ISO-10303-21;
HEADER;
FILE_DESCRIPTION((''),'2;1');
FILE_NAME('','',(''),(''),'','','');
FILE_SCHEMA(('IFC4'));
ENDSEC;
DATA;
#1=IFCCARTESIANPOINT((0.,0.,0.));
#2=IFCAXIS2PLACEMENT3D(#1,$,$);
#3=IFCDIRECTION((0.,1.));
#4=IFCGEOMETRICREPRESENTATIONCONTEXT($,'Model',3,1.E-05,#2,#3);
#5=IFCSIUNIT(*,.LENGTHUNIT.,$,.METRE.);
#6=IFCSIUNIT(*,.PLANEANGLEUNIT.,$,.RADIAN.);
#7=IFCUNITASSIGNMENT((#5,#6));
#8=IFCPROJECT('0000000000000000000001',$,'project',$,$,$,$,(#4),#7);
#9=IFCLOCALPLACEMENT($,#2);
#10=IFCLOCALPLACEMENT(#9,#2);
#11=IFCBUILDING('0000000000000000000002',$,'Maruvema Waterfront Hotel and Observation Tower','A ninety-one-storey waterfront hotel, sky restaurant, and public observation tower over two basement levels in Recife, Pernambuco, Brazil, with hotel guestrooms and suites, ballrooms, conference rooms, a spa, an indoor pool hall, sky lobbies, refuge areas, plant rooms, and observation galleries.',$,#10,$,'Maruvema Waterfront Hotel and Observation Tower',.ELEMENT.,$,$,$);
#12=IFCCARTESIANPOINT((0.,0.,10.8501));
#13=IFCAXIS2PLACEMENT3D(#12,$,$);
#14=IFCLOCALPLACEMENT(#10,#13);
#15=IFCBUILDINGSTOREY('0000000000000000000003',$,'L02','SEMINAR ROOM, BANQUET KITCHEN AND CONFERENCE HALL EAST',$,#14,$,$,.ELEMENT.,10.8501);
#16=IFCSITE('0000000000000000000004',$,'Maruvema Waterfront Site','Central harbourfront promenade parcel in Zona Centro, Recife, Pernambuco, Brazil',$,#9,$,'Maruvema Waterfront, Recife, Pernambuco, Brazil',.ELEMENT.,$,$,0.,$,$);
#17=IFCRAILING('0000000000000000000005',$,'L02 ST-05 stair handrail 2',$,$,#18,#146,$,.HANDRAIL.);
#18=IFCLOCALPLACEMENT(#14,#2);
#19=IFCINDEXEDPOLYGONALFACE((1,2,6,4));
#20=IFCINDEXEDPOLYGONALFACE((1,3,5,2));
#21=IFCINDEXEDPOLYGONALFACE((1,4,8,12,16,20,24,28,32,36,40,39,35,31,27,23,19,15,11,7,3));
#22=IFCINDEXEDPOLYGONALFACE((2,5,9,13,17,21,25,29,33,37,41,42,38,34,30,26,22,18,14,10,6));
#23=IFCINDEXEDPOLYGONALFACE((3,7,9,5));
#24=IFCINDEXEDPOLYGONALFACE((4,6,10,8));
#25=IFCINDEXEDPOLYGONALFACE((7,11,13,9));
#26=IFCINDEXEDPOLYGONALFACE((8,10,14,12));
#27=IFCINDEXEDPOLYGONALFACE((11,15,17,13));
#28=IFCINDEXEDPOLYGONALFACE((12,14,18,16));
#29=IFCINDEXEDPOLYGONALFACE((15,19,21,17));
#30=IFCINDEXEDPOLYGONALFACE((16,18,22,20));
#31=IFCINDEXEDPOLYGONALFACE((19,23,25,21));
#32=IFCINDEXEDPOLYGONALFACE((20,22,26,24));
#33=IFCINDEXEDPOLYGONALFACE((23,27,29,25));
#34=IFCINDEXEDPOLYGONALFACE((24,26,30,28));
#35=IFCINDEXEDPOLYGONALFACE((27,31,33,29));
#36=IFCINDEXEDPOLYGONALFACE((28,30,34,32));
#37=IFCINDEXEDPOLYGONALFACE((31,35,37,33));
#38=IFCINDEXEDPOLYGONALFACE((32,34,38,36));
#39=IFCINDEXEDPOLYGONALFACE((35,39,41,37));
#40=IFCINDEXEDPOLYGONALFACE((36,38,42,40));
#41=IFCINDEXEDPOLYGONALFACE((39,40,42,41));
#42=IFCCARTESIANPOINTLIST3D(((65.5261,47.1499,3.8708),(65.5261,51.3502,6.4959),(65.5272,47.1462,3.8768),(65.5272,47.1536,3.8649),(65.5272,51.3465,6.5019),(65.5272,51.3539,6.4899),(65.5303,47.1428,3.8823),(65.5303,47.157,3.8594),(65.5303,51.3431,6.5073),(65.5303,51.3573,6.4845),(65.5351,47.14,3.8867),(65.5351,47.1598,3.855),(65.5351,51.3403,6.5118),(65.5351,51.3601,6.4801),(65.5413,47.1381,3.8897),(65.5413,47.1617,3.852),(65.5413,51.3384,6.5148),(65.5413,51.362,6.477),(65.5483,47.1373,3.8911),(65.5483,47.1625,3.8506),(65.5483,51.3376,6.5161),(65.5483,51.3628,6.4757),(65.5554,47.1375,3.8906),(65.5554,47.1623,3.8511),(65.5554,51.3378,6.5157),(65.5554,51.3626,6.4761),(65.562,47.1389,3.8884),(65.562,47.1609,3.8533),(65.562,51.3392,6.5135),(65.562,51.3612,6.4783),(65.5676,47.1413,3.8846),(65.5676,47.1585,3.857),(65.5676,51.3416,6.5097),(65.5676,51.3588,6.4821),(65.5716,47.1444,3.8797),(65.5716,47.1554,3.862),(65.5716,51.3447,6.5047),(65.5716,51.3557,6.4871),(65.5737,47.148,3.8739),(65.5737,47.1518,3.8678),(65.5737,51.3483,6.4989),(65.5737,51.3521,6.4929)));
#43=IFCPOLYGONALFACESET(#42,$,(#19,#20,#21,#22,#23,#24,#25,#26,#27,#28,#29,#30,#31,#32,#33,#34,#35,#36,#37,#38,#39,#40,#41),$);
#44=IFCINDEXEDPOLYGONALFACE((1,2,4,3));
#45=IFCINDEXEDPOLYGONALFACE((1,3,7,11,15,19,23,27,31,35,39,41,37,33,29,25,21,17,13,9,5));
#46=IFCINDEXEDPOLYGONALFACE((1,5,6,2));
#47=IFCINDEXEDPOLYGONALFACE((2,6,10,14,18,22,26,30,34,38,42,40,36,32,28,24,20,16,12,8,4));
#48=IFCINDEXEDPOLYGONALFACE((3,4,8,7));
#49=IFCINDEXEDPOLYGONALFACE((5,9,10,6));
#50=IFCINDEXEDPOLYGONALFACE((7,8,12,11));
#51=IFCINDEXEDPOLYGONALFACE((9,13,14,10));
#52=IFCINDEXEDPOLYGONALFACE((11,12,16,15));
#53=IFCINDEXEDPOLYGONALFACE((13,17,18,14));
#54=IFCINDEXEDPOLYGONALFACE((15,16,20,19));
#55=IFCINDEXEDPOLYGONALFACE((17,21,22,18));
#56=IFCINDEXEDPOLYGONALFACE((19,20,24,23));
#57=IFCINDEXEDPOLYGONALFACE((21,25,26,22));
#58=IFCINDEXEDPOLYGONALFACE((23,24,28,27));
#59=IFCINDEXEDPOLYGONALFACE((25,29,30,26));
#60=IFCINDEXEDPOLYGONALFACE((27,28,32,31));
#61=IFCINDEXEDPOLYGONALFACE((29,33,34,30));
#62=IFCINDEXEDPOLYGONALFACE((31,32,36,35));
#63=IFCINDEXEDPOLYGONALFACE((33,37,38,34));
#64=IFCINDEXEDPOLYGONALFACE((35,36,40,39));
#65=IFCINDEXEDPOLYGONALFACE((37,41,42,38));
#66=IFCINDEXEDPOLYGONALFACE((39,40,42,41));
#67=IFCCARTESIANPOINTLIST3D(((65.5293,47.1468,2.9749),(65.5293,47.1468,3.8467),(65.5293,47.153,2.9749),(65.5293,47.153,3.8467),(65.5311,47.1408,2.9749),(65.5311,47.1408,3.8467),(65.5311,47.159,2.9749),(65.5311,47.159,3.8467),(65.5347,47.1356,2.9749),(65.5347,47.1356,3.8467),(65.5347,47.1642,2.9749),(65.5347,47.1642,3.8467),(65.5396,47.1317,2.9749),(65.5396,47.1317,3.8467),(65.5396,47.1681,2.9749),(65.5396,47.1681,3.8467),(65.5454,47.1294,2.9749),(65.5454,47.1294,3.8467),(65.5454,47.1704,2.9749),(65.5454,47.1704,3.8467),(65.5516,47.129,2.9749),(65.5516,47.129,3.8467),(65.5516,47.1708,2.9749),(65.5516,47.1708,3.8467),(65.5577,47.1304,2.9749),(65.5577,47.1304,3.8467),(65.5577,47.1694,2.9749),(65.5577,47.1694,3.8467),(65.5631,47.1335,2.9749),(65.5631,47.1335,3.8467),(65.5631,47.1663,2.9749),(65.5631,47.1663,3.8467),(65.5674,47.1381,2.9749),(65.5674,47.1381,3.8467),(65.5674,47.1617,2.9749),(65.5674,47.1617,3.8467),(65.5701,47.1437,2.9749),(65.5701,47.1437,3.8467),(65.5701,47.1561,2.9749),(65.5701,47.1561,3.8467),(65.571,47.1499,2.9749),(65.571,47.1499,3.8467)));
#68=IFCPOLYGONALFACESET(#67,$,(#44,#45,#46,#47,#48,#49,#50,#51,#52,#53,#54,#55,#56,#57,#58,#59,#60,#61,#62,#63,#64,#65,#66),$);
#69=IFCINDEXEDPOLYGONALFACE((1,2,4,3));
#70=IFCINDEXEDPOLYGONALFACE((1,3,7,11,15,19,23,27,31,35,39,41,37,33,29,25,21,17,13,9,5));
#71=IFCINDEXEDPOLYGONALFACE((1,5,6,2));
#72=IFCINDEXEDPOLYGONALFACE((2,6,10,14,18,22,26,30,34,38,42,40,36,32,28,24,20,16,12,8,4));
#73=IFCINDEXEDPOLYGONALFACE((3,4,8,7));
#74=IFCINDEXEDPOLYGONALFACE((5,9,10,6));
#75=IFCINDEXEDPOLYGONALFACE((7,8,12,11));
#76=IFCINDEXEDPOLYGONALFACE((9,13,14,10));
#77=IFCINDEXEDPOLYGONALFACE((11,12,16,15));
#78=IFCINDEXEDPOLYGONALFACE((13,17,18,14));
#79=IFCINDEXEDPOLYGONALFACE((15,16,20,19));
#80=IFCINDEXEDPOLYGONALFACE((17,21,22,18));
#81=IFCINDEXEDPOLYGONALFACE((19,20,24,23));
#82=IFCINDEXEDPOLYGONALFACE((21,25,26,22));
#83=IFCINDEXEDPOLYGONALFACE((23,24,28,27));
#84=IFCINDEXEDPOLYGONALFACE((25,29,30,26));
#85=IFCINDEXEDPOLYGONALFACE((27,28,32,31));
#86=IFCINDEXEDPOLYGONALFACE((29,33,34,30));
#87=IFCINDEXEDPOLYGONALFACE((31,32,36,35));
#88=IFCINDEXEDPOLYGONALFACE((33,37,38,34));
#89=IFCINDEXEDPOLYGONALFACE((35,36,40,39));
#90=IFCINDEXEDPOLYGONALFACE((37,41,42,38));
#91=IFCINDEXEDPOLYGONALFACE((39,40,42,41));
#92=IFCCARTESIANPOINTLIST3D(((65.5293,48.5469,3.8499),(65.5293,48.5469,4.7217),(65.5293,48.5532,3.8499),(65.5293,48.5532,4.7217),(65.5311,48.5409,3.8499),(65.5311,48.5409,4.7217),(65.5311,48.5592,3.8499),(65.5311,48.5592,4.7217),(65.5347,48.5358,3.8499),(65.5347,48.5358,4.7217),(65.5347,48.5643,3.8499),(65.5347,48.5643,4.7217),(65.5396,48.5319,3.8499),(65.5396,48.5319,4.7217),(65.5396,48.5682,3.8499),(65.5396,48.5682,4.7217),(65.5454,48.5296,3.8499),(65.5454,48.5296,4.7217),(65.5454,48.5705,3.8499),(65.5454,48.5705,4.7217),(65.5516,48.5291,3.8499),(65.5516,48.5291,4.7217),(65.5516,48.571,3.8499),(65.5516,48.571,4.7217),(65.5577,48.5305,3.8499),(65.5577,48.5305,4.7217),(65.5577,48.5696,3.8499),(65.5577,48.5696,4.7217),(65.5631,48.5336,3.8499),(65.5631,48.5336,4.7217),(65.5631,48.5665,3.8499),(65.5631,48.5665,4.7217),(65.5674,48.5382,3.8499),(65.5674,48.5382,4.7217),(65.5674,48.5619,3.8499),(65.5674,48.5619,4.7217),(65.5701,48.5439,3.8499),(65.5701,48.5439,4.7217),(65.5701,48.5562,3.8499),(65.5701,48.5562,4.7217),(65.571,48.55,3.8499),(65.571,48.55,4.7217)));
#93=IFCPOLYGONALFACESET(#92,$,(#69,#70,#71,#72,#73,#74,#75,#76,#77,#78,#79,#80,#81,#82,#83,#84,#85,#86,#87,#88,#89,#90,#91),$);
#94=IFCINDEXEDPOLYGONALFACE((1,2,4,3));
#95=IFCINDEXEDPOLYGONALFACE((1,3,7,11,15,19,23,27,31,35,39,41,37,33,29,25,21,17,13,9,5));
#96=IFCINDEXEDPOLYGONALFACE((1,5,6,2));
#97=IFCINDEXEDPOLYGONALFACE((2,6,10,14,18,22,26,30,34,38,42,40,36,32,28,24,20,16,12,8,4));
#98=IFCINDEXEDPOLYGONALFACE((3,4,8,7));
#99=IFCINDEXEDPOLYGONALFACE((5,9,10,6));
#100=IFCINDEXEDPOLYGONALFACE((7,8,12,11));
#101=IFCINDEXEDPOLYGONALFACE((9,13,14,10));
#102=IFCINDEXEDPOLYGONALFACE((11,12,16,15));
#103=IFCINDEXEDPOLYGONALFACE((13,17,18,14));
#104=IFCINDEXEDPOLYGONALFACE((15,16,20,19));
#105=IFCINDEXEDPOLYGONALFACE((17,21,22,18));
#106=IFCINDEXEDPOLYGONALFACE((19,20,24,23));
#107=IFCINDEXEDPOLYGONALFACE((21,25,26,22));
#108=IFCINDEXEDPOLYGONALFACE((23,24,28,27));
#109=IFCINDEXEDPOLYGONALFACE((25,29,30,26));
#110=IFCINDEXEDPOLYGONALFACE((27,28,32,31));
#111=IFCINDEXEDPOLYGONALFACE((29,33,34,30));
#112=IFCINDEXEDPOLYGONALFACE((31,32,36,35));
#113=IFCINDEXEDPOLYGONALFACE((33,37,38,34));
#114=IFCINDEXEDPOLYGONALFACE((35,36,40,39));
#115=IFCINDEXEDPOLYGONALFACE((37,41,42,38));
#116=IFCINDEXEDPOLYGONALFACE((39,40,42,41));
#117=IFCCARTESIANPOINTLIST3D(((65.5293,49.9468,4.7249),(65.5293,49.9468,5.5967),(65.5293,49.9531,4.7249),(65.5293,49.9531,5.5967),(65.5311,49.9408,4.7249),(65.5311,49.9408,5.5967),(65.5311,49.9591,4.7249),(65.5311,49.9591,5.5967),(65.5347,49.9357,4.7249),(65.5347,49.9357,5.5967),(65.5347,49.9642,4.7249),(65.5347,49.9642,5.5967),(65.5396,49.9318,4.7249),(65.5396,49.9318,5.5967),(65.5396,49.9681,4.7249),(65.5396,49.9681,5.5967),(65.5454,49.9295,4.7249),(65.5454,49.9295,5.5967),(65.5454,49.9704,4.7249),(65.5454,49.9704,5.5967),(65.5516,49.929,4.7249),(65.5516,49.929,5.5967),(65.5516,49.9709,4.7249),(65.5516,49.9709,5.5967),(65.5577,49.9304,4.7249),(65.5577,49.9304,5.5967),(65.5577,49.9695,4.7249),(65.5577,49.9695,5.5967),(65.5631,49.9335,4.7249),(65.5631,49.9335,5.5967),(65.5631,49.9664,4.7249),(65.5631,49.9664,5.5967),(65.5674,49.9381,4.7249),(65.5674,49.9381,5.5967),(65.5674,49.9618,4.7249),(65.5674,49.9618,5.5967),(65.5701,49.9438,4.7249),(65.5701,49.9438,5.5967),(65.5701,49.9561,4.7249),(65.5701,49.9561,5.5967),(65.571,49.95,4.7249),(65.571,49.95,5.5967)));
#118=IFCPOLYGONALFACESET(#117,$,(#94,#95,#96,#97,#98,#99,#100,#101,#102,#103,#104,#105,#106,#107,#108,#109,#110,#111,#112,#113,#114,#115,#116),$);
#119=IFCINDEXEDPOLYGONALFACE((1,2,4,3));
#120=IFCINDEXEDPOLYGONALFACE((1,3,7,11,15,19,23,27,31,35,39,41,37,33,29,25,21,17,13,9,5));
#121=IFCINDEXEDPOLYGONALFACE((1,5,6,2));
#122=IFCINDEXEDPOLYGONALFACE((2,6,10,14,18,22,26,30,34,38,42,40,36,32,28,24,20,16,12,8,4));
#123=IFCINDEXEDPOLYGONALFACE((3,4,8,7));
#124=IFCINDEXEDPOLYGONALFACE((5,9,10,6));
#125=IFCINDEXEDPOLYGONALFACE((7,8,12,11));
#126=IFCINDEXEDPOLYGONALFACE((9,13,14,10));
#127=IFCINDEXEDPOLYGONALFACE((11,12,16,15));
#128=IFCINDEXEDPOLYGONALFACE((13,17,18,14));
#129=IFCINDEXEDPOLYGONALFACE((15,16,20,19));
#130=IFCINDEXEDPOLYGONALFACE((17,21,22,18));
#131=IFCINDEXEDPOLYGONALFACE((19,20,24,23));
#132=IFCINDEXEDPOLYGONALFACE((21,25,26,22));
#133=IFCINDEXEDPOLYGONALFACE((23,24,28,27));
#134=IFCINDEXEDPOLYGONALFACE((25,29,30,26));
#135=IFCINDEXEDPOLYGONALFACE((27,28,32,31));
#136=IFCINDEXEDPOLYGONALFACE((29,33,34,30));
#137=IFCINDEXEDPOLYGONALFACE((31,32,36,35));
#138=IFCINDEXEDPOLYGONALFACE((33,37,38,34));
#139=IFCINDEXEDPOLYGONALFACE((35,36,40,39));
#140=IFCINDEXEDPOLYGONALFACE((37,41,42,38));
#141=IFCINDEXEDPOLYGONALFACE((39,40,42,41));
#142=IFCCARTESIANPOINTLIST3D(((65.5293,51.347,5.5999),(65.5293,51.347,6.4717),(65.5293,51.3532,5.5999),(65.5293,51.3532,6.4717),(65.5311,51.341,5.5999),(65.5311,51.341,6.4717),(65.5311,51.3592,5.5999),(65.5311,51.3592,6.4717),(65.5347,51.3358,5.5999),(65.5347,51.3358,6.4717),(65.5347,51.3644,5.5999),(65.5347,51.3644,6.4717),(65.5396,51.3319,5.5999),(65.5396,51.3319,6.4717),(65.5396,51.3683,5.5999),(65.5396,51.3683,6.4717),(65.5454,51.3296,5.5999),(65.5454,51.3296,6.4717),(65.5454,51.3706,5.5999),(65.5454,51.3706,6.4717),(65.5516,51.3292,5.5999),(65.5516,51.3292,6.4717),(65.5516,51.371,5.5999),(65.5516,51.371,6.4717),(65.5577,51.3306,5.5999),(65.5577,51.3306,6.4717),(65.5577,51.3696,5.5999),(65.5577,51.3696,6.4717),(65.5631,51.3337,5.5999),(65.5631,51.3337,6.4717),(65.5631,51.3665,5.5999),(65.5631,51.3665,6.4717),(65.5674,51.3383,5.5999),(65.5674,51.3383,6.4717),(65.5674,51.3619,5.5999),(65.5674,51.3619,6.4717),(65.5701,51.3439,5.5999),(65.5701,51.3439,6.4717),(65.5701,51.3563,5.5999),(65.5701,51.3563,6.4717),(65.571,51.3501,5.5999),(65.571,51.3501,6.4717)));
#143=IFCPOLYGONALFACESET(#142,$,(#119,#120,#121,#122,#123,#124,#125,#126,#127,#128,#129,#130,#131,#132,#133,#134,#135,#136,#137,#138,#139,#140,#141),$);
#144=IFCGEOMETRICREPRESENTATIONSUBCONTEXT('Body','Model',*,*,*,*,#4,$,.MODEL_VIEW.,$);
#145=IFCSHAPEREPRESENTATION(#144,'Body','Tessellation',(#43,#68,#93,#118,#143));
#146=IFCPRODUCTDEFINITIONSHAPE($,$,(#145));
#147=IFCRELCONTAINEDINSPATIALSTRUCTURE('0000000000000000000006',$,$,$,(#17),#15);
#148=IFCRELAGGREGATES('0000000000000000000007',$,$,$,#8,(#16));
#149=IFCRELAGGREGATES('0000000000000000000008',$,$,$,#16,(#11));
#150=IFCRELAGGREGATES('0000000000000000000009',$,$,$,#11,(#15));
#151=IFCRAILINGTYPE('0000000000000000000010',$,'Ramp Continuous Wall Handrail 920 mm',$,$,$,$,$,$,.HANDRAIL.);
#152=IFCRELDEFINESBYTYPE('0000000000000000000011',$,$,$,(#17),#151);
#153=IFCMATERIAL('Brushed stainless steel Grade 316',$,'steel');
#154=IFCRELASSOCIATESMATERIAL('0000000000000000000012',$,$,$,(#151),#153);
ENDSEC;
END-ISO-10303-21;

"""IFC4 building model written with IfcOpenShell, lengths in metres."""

from ifc_helpers import new_model, si_unit, direction, frame, origin, origin_2d, place, context, subcontext, project, spatial, circle, extrude, material, type_object, element, save


model = new_model("IFC4")

# Units and contexts
model_context = context("Model", 3, precision=1e-05, world=origin(), true_north=direction((0.0, 1.0)))
body_context = subcontext(model_context, "Body", "Model", "MODEL_VIEW")
ifc_project = project(units=[si_unit("LENGTHUNIT", "METRE"), si_unit("PLANEANGLEUNIT", "RADIAN")], contexts=[model_context])

# Site, building, storey
site_placement = place(None, origin())
site = spatial("IfcSite", under=ifc_project, at=site_placement, Name="Maruvema Waterfront Site", Description="Central harbourfront promenade parcel in Zona Centro, Recife, Pernambuco, Brazil", LongName="Maruvema Waterfront, Recife, Pernambuco, Brazil", CompositionType="ELEMENT", RefElevation=0.0)
building_placement = place(site_placement, origin())
building = spatial("IfcBuilding", under=site, at=building_placement, Name="Maruvema Waterfront Hotel and Observation Tower", Description="A ninety-one-storey waterfront hotel, sky restaurant, and public observation tower over two basement levels in Recife, Pernambuco, Brazil, with hotel guestrooms and suites, ballrooms, conference rooms, a spa, an indoor pool hall, sky lobbies, refuge areas, plant rooms, and observation galleries.", LongName="Maruvema Waterfront Hotel and Observation Tower", CompositionType="ELEMENT")
storey_placement = place(building_placement, frame((0.0, 0.0, 10.8501)))
storey = spatial("IfcBuildingStorey", under=building, at=storey_placement, Name="L02", Description="SEMINAR ROOM, BANQUET KITCHEN AND CONFERENCE HALL EAST", CompositionType="ELEMENT", Elevation=10.8501)

# Railing
ifc_material_1 = material(Name="Brushed stainless steel Grade 316", Category="steel")
railing_type_1 = type_object("IfcRailingType", Name="Ramp Continuous Wall Handrail 920 mm", PredefinedType="HANDRAIL", material=ifc_material_1)
railing_1_placement = place(storey_placement, frame((65.55, 47.1499, 2.9749)))
element("IfcRailing", 1, at=railing_1_placement, inside=storey, type_object=railing_type_1, Name="L02 ST-05 stair handrail 2", PredefinedType="HANDRAIL", context=body_context, shape_type="SweptSolid", body=[
    extrude(circle(Radius=0.0239, at=origin_2d()), frame((0.0, 0.0, 0.896), z_axis=(0.0, 0.848009, 0.529981), x_axis=(-1.0, 0.0, 0.0)), (0.0, 0.0, 1.0), 4.9531),
    extrude(circle(Radius=0.021, at=origin_2d()), origin(), (0.0, 0.0, 1.0), 0.8718),
    extrude(circle(Radius=0.021, at=origin_2d()), frame((0.0, 1.4001, 0.875)), (0.0, 0.0, 1.0), 0.8718),
    extrude(circle(Radius=0.021, at=origin_2d()), frame((0.0, 2.8, 1.75)), (0.0, 0.0, 1.0), 0.8718),
    extrude(circle(Radius=0.021, at=origin_2d()), frame((0.0, 4.2002, 2.625)), (0.0, 0.0, 1.0), 0.8718),
])

save(model, "model.ifc")
